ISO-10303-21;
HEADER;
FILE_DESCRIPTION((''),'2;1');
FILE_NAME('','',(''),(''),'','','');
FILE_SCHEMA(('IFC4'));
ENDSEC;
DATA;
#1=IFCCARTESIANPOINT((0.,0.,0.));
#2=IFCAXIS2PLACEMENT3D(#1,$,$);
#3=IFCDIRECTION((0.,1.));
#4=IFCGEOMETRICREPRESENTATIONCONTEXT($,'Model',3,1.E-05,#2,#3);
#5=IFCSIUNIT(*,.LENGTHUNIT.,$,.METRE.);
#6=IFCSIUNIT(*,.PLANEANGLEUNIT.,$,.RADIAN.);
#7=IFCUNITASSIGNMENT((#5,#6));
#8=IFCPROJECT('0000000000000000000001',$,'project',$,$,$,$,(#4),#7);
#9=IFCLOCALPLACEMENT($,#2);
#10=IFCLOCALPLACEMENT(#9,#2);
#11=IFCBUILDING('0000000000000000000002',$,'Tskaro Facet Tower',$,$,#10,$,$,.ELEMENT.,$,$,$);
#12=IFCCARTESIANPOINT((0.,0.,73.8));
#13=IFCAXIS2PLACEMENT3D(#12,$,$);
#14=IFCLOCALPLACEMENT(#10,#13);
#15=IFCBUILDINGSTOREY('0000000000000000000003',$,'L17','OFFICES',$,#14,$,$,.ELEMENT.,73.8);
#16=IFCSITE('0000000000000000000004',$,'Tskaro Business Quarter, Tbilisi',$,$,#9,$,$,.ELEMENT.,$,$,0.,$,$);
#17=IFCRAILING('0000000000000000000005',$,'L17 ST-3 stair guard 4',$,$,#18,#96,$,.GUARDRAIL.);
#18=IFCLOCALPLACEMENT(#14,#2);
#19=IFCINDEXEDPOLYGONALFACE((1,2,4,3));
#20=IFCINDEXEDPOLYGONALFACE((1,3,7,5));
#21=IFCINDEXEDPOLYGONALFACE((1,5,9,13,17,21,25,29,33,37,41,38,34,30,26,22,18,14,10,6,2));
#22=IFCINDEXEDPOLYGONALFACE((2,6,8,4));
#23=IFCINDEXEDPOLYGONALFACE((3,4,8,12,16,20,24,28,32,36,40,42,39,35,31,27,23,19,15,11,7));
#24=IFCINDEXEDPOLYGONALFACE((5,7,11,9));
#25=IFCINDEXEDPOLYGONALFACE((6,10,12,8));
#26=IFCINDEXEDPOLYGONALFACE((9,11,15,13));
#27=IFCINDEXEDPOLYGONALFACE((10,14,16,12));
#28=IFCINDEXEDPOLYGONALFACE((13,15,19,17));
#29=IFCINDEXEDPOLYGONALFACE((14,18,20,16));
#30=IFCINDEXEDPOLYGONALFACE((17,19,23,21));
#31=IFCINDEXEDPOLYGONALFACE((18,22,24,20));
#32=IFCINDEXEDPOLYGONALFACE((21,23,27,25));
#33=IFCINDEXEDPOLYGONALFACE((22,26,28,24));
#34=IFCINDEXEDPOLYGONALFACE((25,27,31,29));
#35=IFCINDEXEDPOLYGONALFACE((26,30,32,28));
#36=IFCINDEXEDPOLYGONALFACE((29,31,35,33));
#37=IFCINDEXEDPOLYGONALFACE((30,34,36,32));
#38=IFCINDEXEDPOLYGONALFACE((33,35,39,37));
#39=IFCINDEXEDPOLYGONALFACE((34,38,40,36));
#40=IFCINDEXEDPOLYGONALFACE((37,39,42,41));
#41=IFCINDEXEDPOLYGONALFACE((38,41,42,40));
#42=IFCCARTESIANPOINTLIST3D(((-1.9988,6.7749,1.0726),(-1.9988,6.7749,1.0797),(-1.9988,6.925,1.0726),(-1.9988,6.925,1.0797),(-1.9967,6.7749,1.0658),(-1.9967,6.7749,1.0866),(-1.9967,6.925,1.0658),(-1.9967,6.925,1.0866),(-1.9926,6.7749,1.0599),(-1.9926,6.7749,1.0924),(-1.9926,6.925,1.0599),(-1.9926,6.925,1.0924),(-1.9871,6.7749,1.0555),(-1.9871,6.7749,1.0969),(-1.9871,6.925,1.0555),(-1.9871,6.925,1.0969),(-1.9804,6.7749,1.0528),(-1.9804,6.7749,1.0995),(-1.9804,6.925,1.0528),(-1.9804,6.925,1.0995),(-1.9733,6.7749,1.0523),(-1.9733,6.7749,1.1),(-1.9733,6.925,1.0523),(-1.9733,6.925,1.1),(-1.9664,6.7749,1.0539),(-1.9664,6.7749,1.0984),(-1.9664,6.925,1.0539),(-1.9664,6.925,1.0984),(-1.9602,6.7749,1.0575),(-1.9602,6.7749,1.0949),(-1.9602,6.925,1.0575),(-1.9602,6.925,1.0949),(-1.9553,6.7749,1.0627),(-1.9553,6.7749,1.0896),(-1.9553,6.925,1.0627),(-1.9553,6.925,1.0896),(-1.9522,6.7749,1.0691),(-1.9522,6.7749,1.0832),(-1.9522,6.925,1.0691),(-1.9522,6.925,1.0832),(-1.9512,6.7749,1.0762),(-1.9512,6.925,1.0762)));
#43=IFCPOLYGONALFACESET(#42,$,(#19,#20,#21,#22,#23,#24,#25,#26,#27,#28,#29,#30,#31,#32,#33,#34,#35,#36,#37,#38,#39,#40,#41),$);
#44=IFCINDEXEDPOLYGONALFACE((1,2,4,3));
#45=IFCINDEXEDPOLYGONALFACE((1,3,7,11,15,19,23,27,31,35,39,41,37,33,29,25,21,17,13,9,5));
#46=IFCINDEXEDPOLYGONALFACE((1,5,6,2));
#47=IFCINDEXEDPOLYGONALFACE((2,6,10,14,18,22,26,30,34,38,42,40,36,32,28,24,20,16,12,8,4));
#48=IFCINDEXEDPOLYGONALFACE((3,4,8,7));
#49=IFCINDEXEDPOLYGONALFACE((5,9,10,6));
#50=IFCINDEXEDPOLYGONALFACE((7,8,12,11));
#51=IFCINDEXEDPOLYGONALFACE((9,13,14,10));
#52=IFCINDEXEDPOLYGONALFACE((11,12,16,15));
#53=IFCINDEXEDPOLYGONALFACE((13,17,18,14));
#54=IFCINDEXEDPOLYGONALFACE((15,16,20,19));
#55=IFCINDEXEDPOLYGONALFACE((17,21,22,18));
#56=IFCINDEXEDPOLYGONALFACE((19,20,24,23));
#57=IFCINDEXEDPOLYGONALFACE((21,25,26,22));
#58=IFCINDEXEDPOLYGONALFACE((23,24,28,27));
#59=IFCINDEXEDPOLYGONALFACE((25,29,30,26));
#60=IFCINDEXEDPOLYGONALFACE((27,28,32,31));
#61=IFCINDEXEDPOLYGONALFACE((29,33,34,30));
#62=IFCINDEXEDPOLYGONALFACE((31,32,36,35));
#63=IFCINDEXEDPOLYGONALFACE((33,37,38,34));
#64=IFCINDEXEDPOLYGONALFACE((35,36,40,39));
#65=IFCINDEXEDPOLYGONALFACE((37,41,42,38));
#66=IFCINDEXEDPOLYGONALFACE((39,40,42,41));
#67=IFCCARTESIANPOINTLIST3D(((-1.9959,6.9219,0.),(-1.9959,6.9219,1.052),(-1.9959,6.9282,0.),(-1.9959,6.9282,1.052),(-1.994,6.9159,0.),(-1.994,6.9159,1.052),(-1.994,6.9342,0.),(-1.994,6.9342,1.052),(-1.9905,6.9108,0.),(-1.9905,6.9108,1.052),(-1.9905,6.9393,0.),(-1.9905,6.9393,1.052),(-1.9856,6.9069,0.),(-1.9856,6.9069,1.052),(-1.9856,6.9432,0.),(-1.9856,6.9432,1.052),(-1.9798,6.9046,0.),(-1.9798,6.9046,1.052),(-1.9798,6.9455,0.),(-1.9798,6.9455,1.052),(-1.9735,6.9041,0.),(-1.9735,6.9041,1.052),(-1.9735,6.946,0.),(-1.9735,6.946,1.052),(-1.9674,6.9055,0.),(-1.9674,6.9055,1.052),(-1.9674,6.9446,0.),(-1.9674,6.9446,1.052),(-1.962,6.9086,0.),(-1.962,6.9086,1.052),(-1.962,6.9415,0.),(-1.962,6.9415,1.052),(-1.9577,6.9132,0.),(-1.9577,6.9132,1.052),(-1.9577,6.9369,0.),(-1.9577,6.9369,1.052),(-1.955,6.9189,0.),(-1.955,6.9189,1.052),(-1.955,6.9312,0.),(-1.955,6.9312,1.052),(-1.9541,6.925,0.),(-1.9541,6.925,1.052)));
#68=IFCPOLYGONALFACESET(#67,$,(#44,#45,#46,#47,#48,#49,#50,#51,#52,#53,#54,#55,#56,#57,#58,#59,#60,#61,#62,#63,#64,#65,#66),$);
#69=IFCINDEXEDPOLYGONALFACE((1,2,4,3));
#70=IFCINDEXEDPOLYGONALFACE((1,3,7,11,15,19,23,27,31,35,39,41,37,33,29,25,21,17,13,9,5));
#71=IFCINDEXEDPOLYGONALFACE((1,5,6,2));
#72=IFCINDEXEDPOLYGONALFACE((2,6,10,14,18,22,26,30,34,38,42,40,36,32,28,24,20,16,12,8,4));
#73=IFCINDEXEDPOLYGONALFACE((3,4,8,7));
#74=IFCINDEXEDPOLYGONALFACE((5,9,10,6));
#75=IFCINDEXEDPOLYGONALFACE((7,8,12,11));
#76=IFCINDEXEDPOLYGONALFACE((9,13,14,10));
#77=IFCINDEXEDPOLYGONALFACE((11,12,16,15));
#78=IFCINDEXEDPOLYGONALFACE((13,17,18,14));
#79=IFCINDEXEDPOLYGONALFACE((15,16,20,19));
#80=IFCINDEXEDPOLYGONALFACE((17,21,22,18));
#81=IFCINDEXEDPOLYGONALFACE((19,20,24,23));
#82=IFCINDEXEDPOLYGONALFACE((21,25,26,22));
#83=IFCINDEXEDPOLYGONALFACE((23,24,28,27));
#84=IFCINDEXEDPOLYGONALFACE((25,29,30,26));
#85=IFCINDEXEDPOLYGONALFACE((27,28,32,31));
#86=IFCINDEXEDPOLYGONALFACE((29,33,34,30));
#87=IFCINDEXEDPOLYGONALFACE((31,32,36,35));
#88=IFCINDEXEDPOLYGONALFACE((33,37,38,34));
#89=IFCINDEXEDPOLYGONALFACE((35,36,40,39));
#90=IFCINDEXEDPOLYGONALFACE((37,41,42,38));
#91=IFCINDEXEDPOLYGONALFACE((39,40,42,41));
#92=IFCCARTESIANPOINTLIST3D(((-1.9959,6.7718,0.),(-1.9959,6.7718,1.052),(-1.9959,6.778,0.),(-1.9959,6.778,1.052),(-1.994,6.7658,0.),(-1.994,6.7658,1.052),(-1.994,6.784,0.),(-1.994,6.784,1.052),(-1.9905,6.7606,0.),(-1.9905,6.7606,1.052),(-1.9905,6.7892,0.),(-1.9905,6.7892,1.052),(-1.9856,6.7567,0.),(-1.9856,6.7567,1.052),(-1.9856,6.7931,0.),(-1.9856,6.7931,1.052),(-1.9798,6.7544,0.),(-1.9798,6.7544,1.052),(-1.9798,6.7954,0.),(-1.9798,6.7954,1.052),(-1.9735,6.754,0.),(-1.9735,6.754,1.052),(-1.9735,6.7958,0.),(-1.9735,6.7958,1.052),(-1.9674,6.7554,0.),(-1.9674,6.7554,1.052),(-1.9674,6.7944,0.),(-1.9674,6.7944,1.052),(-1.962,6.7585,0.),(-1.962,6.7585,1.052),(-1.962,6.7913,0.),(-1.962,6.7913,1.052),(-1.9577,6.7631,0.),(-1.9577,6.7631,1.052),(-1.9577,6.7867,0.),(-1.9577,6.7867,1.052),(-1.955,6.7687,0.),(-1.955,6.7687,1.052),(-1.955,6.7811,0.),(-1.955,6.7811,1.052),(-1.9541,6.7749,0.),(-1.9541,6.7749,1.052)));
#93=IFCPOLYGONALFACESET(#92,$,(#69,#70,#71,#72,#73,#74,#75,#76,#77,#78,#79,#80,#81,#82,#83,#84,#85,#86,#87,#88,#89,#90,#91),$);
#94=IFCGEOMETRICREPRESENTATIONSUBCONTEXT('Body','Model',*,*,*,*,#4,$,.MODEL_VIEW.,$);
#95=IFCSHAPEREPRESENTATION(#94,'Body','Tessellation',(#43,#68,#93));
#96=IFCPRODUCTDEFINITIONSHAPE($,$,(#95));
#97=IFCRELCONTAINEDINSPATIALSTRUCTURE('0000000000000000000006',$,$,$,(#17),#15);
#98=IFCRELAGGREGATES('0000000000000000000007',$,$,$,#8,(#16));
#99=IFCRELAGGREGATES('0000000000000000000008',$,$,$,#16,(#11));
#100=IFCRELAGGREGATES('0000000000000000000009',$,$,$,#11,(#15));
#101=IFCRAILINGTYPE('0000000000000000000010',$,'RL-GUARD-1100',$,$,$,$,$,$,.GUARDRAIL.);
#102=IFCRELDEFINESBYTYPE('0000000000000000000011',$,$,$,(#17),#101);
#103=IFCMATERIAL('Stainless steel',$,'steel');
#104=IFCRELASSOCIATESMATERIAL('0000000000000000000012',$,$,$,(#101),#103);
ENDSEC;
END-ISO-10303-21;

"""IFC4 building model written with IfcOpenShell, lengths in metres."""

from ifc_helpers import new_model, si_unit, direction, frame, origin, origin_2d, place, context, subcontext, project, spatial, circle, extrude, material, type_object, element, save


model = new_model("IFC4")

# Units and contexts
model_context = context("Model", 3, precision=1e-05, world=origin(), true_north=direction((0.0, 1.0)))
body_context = subcontext(model_context, "Body", "Model", "MODEL_VIEW")
ifc_project = project(units=[si_unit("LENGTHUNIT", "METRE"), si_unit("PLANEANGLEUNIT", "RADIAN")], contexts=[model_context])

# Site, building, storey
site_placement = place(None, origin())
site = spatial("IfcSite", under=ifc_project, at=site_placement, Name="Tskaro Business Quarter, Tbilisi", CompositionType="ELEMENT", RefElevation=0.0)
building_placement = place(site_placement, origin())
building = spatial("IfcBuilding", under=site, at=building_placement, Name="Tskaro Facet Tower", CompositionType="ELEMENT")
storey_placement = place(building_placement, frame((0.0, 0.0, 73.8)))
storey = spatial("IfcBuildingStorey", under=building, at=storey_placement, Name="L17", Description="OFFICES", CompositionType="ELEMENT", Elevation=73.8)

# Railing
ifc_material_1 = material(Name="Stainless steel", Category="steel")
railing_type_1 = type_object("IfcRailingType", Name="RL-GUARD-1100", PredefinedType="GUARDRAIL", material=ifc_material_1)
railing_1_placement = place(storey_placement, frame((-1.9751, 6.925, 0.0)))
element("IfcRailing", 1, at=railing_1_placement, inside=storey, type_object=railing_type_1, Name="L17 ST-3 stair guard 4", PredefinedType="GUARDRAIL", context=body_context, shape_type="SweptSolid", body=[
    extrude(circle(Radius=0.0239, at=origin_2d()), frame((0.0, 0.0, 1.0762), z_axis=(0.0, -1.0, 0.0), x_axis=(1.0, 0.0, 0.0)), (0.0, 0.0, 1.0), 0.1501),
    extrude(circle(Radius=0.021, at=origin_2d()), origin(), (0.0, 0.0, 1.0), 1.052),
    extrude(circle(Radius=0.021, at=origin_2d()), frame((0.0, -0.1501, 0.0)), (0.0, 0.0, 1.0), 1.052),
])

save(model, "model.ifc")
